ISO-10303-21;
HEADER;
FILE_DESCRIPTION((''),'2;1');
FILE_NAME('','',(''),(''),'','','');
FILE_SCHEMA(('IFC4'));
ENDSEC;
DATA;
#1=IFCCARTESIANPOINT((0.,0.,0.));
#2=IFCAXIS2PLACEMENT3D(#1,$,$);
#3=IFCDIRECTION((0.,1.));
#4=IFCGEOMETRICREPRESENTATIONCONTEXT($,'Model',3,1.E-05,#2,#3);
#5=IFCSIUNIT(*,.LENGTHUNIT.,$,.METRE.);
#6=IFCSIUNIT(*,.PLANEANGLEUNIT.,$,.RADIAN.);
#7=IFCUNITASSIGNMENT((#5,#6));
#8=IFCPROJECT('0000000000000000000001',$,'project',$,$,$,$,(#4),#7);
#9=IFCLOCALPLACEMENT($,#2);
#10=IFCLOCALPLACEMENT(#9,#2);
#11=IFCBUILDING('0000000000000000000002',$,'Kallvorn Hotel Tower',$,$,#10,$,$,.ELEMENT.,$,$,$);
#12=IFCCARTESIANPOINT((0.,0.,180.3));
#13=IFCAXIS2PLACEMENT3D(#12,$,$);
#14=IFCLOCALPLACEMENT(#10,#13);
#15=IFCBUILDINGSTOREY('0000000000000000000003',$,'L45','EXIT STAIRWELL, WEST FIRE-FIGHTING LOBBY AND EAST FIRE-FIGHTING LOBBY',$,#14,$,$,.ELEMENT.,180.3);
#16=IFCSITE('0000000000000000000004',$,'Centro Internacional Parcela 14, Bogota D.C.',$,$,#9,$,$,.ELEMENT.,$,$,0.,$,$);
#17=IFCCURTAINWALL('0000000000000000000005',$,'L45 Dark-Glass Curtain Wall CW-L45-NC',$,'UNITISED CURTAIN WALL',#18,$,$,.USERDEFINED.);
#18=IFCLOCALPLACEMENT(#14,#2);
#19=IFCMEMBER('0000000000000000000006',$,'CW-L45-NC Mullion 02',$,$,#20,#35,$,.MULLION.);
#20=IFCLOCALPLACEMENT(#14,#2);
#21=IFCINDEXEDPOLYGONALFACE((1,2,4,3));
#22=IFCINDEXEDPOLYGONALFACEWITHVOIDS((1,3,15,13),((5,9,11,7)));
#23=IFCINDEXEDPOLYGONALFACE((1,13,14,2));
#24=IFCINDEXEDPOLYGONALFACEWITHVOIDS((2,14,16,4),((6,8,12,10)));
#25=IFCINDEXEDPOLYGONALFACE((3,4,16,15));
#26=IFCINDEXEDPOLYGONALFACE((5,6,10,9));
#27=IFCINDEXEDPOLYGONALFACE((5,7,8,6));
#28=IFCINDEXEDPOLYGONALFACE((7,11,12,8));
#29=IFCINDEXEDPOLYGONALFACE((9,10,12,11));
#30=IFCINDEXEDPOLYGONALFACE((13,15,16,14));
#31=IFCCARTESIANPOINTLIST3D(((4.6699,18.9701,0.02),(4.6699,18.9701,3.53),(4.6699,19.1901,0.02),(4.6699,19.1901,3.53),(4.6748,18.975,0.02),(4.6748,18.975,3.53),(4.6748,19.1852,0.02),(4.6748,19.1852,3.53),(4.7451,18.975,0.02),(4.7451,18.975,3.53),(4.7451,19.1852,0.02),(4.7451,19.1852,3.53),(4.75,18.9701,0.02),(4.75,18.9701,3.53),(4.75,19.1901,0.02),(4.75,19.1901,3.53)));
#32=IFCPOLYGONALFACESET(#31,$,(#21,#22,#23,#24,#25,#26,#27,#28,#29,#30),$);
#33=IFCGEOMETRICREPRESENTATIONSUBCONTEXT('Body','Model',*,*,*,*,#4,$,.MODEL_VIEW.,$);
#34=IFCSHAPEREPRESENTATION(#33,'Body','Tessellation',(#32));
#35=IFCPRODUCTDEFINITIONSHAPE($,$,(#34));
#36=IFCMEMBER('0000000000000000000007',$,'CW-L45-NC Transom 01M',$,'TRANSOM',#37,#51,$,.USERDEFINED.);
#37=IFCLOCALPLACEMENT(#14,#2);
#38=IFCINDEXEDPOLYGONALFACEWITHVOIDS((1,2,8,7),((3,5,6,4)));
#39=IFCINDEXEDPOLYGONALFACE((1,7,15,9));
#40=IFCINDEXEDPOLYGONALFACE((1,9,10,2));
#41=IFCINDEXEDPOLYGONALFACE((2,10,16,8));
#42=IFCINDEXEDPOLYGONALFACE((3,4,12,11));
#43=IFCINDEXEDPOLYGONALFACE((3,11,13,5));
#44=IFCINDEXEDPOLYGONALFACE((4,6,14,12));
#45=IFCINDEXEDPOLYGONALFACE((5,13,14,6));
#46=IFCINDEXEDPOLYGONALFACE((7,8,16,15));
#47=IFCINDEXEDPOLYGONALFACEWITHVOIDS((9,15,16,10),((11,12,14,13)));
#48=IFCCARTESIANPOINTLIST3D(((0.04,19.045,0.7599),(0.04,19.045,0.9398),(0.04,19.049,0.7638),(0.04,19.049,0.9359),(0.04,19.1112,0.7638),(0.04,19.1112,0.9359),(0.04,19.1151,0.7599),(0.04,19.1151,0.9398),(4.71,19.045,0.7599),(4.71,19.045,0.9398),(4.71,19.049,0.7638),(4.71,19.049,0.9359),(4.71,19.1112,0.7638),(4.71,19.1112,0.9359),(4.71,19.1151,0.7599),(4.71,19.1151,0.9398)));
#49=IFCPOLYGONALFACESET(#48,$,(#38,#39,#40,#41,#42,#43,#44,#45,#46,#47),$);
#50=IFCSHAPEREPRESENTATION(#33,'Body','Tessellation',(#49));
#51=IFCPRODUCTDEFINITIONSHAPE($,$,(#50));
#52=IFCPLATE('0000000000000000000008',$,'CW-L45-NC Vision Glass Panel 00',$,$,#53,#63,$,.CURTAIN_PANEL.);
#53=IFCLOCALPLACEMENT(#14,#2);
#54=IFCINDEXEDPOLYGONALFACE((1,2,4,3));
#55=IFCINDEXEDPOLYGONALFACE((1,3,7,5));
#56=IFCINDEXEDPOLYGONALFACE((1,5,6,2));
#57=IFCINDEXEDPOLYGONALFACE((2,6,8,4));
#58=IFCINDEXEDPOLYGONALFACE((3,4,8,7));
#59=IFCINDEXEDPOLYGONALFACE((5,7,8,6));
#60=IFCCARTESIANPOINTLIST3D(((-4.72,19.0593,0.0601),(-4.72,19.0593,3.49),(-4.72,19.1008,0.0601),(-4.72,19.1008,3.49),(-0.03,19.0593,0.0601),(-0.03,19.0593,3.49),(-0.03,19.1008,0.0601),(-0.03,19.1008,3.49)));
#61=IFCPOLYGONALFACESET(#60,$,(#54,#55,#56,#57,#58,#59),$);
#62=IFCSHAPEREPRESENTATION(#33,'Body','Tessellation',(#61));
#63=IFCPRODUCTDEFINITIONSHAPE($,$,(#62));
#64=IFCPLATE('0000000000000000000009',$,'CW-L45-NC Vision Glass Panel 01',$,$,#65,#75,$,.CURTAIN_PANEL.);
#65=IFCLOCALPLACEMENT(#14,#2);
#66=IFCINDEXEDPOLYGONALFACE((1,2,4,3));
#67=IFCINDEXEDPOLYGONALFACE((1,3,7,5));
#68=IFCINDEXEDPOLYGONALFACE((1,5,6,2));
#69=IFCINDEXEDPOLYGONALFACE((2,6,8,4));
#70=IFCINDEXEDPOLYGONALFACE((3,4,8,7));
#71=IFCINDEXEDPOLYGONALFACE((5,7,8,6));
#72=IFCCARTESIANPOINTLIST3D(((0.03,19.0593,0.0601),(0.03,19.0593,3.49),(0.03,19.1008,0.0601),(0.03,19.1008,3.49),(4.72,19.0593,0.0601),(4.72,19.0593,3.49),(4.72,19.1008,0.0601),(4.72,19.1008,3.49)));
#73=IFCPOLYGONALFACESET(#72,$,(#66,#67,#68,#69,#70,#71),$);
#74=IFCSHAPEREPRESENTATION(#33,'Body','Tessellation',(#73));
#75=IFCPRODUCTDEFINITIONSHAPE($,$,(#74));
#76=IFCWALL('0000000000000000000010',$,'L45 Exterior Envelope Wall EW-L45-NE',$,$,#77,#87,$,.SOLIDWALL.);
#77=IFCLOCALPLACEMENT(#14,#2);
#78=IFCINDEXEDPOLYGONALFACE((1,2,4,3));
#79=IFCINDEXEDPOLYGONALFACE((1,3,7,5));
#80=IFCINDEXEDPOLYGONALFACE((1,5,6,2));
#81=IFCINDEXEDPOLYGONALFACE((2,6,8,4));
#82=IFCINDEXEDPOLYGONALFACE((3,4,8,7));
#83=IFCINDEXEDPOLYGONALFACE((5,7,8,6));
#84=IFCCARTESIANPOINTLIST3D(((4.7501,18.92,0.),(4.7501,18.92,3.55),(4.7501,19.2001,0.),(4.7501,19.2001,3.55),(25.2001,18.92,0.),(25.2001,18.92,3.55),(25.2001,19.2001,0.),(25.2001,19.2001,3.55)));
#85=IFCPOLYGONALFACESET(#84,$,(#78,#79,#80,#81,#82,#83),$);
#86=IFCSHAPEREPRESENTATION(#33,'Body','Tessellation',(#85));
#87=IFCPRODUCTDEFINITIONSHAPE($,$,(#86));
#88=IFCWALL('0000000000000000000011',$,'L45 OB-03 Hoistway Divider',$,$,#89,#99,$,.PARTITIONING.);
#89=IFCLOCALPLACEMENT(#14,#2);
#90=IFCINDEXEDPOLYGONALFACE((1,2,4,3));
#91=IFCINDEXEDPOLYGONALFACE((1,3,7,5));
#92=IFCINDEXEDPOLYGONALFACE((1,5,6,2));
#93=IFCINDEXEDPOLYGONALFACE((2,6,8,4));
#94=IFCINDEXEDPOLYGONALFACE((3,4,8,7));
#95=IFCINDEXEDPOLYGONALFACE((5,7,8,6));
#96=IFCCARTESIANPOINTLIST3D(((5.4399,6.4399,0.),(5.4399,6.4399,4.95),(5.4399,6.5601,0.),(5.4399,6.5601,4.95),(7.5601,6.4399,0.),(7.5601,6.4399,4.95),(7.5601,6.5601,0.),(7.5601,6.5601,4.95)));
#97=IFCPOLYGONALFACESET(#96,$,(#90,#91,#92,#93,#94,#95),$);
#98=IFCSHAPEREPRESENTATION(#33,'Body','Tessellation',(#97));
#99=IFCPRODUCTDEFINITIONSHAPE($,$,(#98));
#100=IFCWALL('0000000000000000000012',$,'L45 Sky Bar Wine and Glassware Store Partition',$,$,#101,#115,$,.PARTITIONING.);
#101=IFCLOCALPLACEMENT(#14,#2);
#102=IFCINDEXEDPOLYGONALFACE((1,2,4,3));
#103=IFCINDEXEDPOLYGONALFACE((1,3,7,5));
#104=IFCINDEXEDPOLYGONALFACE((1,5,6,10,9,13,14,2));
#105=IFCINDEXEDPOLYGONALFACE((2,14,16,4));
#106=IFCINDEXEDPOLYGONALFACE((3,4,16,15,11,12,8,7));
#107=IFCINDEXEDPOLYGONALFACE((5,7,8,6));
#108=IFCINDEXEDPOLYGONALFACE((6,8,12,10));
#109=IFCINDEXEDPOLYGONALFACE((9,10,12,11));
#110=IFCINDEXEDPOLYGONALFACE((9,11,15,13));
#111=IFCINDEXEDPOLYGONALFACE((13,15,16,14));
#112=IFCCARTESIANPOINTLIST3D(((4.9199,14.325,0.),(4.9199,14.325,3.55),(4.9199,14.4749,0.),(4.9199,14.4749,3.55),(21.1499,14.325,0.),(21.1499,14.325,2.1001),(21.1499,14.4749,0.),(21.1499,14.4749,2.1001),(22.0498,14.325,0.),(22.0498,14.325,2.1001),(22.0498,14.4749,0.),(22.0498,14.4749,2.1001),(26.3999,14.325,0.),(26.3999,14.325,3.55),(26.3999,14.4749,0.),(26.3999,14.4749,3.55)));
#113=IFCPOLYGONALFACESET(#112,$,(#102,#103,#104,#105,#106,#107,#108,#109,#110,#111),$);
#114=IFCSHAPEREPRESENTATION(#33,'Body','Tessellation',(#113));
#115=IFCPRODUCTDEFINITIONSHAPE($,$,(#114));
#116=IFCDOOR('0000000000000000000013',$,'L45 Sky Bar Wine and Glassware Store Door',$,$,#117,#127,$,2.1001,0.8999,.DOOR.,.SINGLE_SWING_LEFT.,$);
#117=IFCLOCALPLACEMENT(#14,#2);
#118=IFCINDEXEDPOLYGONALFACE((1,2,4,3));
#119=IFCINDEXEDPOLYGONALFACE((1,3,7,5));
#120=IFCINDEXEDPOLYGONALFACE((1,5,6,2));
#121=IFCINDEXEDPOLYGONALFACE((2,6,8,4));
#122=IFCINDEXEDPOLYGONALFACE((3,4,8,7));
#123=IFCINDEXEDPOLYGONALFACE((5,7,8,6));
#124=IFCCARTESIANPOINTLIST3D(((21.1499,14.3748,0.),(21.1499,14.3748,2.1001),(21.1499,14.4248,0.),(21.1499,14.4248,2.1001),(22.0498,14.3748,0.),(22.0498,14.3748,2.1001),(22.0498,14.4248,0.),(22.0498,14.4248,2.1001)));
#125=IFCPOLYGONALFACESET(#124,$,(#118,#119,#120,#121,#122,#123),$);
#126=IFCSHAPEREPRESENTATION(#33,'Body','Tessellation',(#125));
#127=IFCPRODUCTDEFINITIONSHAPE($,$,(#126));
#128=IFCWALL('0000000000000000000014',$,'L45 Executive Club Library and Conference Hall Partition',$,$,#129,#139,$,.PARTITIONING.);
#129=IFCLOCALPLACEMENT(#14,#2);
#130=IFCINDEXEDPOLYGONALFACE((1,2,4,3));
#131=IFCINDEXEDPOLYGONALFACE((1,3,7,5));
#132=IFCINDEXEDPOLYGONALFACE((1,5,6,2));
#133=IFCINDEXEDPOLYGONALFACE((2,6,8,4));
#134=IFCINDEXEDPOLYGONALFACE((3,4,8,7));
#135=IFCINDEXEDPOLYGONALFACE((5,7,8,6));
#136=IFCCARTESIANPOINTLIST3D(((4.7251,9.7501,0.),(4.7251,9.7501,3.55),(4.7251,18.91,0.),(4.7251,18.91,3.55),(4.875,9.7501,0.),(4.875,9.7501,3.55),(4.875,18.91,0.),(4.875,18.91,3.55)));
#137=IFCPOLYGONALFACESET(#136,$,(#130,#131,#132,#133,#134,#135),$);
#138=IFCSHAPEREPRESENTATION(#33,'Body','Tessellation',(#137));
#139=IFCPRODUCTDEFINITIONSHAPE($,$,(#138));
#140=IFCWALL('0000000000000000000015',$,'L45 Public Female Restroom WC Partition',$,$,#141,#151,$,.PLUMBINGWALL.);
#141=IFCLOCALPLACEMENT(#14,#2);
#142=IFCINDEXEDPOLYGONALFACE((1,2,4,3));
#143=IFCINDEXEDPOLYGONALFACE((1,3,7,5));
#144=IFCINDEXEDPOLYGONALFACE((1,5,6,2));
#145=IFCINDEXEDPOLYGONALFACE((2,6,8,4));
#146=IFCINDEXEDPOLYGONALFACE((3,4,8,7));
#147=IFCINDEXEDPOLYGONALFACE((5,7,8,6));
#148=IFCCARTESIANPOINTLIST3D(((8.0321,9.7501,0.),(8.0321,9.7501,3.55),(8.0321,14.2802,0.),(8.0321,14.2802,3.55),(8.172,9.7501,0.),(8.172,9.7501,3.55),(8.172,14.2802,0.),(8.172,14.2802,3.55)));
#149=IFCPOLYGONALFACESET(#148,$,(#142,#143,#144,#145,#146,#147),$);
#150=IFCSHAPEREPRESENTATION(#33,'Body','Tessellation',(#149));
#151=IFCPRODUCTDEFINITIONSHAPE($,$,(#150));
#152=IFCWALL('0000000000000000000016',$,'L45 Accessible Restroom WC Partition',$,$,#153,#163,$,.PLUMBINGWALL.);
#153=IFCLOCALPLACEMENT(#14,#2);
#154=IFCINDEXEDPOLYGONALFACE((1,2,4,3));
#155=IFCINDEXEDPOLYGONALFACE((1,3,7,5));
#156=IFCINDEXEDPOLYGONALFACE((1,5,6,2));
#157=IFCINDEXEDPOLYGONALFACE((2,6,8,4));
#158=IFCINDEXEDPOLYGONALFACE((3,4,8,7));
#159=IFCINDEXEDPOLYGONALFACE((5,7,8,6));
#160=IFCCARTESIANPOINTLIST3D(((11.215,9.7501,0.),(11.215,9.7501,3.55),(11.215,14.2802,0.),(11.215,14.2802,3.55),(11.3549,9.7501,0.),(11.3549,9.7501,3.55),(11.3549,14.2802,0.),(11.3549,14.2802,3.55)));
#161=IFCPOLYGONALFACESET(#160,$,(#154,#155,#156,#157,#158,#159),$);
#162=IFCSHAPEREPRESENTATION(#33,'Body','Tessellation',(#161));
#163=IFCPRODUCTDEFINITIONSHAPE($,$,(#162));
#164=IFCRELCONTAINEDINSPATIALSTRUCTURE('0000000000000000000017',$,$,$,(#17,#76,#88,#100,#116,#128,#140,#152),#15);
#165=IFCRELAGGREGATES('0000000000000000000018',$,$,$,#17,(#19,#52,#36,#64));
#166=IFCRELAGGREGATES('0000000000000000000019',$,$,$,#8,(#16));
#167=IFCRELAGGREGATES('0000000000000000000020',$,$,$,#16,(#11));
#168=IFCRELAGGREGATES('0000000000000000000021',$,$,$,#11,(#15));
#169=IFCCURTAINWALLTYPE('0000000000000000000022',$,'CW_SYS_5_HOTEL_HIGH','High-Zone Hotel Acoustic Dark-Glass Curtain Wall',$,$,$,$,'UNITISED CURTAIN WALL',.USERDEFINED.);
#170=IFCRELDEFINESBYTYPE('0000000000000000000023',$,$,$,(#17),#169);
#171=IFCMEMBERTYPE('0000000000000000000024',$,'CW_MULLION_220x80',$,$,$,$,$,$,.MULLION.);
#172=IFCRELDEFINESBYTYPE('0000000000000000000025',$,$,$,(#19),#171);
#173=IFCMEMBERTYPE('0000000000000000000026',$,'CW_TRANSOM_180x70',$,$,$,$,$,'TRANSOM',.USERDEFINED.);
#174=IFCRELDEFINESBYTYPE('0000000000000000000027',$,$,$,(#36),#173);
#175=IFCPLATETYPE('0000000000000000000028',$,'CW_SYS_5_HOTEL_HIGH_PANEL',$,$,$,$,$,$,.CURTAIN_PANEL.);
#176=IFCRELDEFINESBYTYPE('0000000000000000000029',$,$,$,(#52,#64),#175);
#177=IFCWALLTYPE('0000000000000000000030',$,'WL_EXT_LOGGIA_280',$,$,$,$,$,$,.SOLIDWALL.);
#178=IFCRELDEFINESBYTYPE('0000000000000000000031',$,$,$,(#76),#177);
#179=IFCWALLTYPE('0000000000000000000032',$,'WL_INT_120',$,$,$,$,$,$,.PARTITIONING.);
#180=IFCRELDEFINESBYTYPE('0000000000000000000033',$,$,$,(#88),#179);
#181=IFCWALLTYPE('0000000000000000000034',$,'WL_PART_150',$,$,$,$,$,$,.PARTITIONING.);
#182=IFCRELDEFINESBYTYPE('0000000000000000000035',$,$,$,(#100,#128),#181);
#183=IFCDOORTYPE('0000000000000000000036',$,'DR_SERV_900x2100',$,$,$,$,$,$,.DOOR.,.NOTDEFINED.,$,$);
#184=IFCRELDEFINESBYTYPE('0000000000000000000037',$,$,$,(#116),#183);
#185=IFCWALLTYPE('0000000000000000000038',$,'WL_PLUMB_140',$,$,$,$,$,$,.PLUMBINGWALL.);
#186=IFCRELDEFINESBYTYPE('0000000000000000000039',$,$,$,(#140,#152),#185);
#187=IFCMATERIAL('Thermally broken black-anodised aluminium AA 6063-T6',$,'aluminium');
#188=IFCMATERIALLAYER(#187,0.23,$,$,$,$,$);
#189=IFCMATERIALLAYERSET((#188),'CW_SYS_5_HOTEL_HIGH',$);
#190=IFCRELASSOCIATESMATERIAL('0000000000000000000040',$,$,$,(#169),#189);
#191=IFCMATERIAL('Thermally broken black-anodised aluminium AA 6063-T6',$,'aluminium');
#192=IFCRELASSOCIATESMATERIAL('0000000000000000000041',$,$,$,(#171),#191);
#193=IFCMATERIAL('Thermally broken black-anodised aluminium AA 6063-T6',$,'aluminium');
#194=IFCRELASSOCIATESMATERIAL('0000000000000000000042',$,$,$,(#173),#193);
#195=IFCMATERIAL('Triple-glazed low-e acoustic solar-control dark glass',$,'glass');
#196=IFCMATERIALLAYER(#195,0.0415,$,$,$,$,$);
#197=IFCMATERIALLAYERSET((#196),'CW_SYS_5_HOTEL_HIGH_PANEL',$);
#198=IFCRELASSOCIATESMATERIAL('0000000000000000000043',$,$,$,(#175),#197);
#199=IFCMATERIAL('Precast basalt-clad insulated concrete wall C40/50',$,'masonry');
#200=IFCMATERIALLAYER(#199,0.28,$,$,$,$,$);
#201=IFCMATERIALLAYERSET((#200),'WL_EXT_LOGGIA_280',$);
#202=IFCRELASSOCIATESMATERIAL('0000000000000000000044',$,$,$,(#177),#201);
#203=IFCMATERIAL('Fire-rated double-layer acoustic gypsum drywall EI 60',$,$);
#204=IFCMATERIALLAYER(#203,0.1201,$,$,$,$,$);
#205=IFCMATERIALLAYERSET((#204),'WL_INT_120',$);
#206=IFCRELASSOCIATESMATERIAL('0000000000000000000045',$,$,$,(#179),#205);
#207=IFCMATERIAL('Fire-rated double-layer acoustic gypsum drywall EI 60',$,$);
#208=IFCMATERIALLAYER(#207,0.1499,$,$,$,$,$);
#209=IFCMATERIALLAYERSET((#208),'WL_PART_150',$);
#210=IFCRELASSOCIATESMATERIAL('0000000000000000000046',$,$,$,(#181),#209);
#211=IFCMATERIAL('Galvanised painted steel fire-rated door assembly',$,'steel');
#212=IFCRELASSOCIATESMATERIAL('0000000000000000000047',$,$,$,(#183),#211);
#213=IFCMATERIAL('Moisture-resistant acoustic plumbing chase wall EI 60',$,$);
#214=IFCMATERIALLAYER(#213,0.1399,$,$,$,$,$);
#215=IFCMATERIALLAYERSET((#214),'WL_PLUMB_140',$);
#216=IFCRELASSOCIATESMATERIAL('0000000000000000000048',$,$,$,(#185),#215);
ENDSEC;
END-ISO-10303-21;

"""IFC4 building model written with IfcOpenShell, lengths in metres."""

from ifc_helpers import new_model, si_unit, direction, frame, frame_2d, origin, origin_2d, place, context, subcontext, project, spatial, rectangle, hollow_rectangle, extrude, material, layer, layer_set, material_profile, profile_set, type_object, element, fill, aggregate, save


model = new_model("IFC4")

# Units and contexts
model_context = context("Model", 3, precision=1e-05, world=origin(), true_north=direction((0.0, 1.0)))
body_context = subcontext(model_context, "Body", "Model", "MODEL_VIEW")
ifc_project = project(units=[si_unit("LENGTHUNIT", "METRE"), si_unit("PLANEANGLEUNIT", "RADIAN")], contexts=[model_context])

# Site, building, storey
site_placement = place(None, origin())
site = spatial("IfcSite", under=ifc_project, at=site_placement, Name="Centro Internacional Parcela 14, Bogota D.C.", CompositionType="ELEMENT", RefElevation=0.0)
building_placement = place(site_placement, origin())
building = spatial("IfcBuilding", under=site, at=building_placement, Name="Kallvorn Hotel Tower", CompositionType="ELEMENT")
storey_placement = place(building_placement, frame((0.0, 0.0, 180.3)))
storey = spatial("IfcBuildingStorey", under=building, at=storey_placement, Name="L45", Description="EXIT STAIRWELL, WEST FIRE-FIGHTING LOBBY AND EAST FIRE-FIGHTING LOBBY", CompositionType="ELEMENT", Elevation=180.3)

# Curtain wall, members, plates
ifc_material_1 = material(Name="Thermally broken black-anodised aluminium AA 6063-T6", Category="aluminium")
ifc_layer_1 = layer(ifc_material_1, 0.23)
ifc_layer_set_1 = layer_set([ifc_layer_1], Name="CW_SYS_5_HOTEL_HIGH")
curtain_wall_type = type_object("IfcCurtainWallType", Name="CW_SYS_5_HOTEL_HIGH", Description="High-Zone Hotel Acoustic Dark-Glass Curtain Wall", ElementType="UNITISED CURTAIN WALL", PredefinedType="USERDEFINED", material=ifc_layer_set_1)
curtain_wall_placement = place(storey_placement, origin())
curtain_wall = element("IfcCurtainWall", 1, at=curtain_wall_placement, inside=storey, type_object=curtain_wall_type, Name="L45 Dark-Glass Curtain Wall CW-L45-NC", ObjectType="UNITISED CURTAIN WALL", PredefinedType="USERDEFINED")
ifc_material_2 = material(Name="Thermally broken black-anodised aluminium AA 6063-T6", Category="aluminium")
ifc_material_profile_1 = material_profile(ifc_material_2, hollow_rectangle(XDim=0.0801, YDim=0.22, WallThickness=0.0049, at=origin_2d()), Name="MUL 220x80")
ifc_profile_set_1 = profile_set([ifc_material_profile_1], Name="Thermally broken black-anodised aluminium AA 6063-T6")
member_type_1 = type_object("IfcMemberType", Name="CW_MULLION_220x80", PredefinedType="MULLION", material=ifc_profile_set_1)
member_1_placement = place(storey_placement, frame((4.71, 19.0801, 0.02), z_axis=(0.0, 0.0, 1.0), x_axis=(1.0, 0.0, 0.0)))
member_1 = element("IfcMember", 2, at=member_1_placement, type_object=member_type_1, Name="CW-L45-NC Mullion 02", PredefinedType="MULLION", context=body_context, shape_type="SweptSolid", body=[
    extrude(hollow_rectangle(XDim=0.0801, YDim=0.22, WallThickness=0.0049, at=origin_2d()), origin(), (0.0, 0.0, 1.0), 3.51),
])
ifc_material_3 = material(Name="Thermally broken black-anodised aluminium AA 6063-T6", Category="aluminium")
ifc_material_profile_2 = material_profile(ifc_material_3, hollow_rectangle(XDim=0.0701, YDim=0.1799, WallThickness=0.0039, at=origin_2d()), Name="TRN 180x70")
ifc_profile_set_2 = profile_set([ifc_material_profile_2], Name="Thermally broken black-anodised aluminium AA 6063-T6")
member_type_2 = type_object("IfcMemberType", Name="CW_TRANSOM_180x70", ElementType="TRANSOM", PredefinedType="USERDEFINED", material=ifc_profile_set_2)
member_2_placement = place(storey_placement, frame((0.04, 19.0801, 0.8499), z_axis=(1.0, 0.0, 0.0), x_axis=(0.0, 1.0, 0.0)))
member_2 = element("IfcMember", 3, at=member_2_placement, type_object=member_type_2, Name="CW-L45-NC Transom 01M", ObjectType="TRANSOM", PredefinedType="USERDEFINED", context=body_context, shape_type="SweptSolid", body=[
    extrude(hollow_rectangle(XDim=0.0701, YDim=0.1799, WallThickness=0.0039, at=origin_2d()), origin(), (0.0, 0.0, 1.0), 4.6699),
])
ifc_material_4 = material(Name="Triple-glazed low-e acoustic solar-control dark glass", Category="glass")
ifc_layer_2 = layer(ifc_material_4, 0.0415)
ifc_layer_set_2 = layer_set([ifc_layer_2], Name="CW_SYS_5_HOTEL_HIGH_PANEL")
plate_type = type_object("IfcPlateType", Name="CW_SYS_5_HOTEL_HIGH_PANEL", PredefinedType="CURTAIN_PANEL", material=ifc_layer_set_2)
plate_1_placement = place(storey_placement, frame((-2.375, 19.0801, 0.0601), z_axis=(0.0, 0.0, 1.0), x_axis=(1.0, 0.0, 0.0)))
plate_1 = element("IfcPlate", 4, at=plate_1_placement, type_object=plate_type, Name="CW-L45-NC Vision Glass Panel 00", PredefinedType="CURTAIN_PANEL", context=body_context, shape_type="SweptSolid", body=[
    extrude(rectangle(XDim=4.6899, YDim=0.0415, at=origin_2d()), origin(), (0.0, 0.0, 1.0), 3.4299),
])
plate_2_placement = place(storey_placement, frame((2.375, 19.0801, 0.0601), z_axis=(0.0, 0.0, 1.0), x_axis=(1.0, 0.0, 0.0)))
plate_2 = element("IfcPlate", 5, at=plate_2_placement, type_object=plate_type, Name="CW-L45-NC Vision Glass Panel 01", PredefinedType="CURTAIN_PANEL", context=body_context, shape_type="SweptSolid", body=[
    extrude(rectangle(XDim=4.6899, YDim=0.0415, at=origin_2d()), origin(), (0.0, 0.0, 1.0), 3.4299),
])
aggregate(curtain_wall, [member_1, plate_1, member_2, plate_2])

# Walls
ifc_material_5 = material(Name="Precast basalt-clad insulated concrete wall C40/50", Category="masonry")
ifc_layer_3 = layer(ifc_material_5, 0.28)
ifc_layer_set_3 = layer_set([ifc_layer_3], Name="WL_EXT_LOGGIA_280")
wall_type_1 = type_object("IfcWallType", Name="WL_EXT_LOGGIA_280", PredefinedType="SOLIDWALL", material=ifc_layer_set_3)
wall_1_placement = place(storey_placement, frame((4.75, 19.0601, 0.0), z_axis=(0.0, 0.0, 1.0), x_axis=(1.0, 0.0, 0.0)))
element("IfcWall", 6, at=wall_1_placement, inside=storey, type_object=wall_type_1, Name="L45 Exterior Envelope Wall EW-L45-NE", PredefinedType="SOLIDWALL", context=body_context, shape_type="SweptSolid", body=[
    extrude(rectangle(XDim=20.45, YDim=0.28, at=frame_2d((10.2251, 0.0))), origin(), (0.0, 0.0, 1.0), 3.55),
])
ifc_material_6 = material(Name="Fire-rated double-layer acoustic gypsum drywall EI 60")
ifc_layer_4 = layer(ifc_material_6, 0.1201)
ifc_layer_set_4 = layer_set([ifc_layer_4], Name="WL_INT_120")
wall_type_2 = type_object("IfcWallType", Name="WL_INT_120", PredefinedType="PARTITIONING", material=ifc_layer_set_4)
wall_2_placement = place(storey_placement, frame((5.4399, 6.5, 0.0), z_axis=(0.0, 0.0, 1.0), x_axis=(1.0, 0.0, 0.0)))
element("IfcWall", 7, at=wall_2_placement, inside=storey, type_object=wall_type_2, Name="L45 OB-03 Hoistway Divider", PredefinedType="PARTITIONING", context=body_context, shape_type="SweptSolid", body=[
    extrude(rectangle(XDim=2.1201, YDim=0.1201, at=frame_2d((1.0601, 0.0))), origin(), (0.0, 0.0, 1.0), 4.95),
])

# Wall, opening, door
ifc_material_7 = material(Name="Fire-rated double-layer acoustic gypsum drywall EI 60")
ifc_layer_5 = layer(ifc_material_7, 0.1499)
ifc_layer_set_5 = layer_set([ifc_layer_5], Name="WL_PART_150")
wall_type_3 = type_object("IfcWallType", Name="WL_PART_150", PredefinedType="PARTITIONING", material=ifc_layer_set_5)
wall_3_placement = place(storey_placement, frame((4.9199, 14.3999, 0.0), z_axis=(0.0, 0.0, 1.0), x_axis=(1.0, 0.0, 0.0)))
wall_3 = element("IfcWall", 8, at=wall_3_placement, inside=storey, type_object=wall_type_3, Name="L45 Sky Bar Wine and Glassware Store Partition", PredefinedType="PARTITIONING", context=body_context, shape_type="SweptSolid", body=[
    extrude(rectangle(XDim=21.48, YDim=0.1499, at=frame_2d((10.74, 0.0))), origin(), (0.0, 0.0, 1.0), 3.55),
])
opening_1_placement = place(wall_3_placement, frame((16.23, 0.0, 0.0)))
opening_1 = element("IfcOpeningElement", 9, at=opening_1_placement, cuts=wall_3, PredefinedType="OPENING", context=body_context, shape_type="SweptSolid", body=[
    extrude(rectangle(XDim=0.8999, YDim=2.1001, at=frame_2d((0.45, 1.05))), frame((0.0, 0.0898, 0.0), z_axis=(0.0, -1.0, 0.0), x_axis=(1.0, 0.0, 0.0)), (0.0, 0.0, 1.0), 0.1799),
])
ifc_material_8 = material(Name="Galvanised painted steel fire-rated door assembly", Category="steel")
door_type_1 = type_object("IfcDoorType", Name="DR_SERV_900x2100", OperationType="NOTDEFINED", PredefinedType="DOOR", material=ifc_material_8)
door_1_placement = place(opening_1_placement, origin())
door_1 = element("IfcDoor", 10, at=door_1_placement, inside=storey, type_object=door_type_1, Name="L45 Sky Bar Wine and Glassware Store Door", OperationType="SINGLE_SWING_LEFT", OverallHeight=2.1001, OverallWidth=0.8999, PredefinedType="DOOR", context=body_context, shape_type="SweptSolid", body=[
    extrude(rectangle(XDim=0.8999, YDim=2.1001, at=frame_2d((0.45, 1.05))), frame((0.0, 0.0249, 0.0), z_axis=(0.0, -1.0, 0.0), x_axis=(1.0, 0.0, 0.0)), (0.0, 0.0, 1.0), 0.05),
])
fill(opening_1, door_1)

# Walls
wall_4_placement = place(storey_placement, frame((4.8, 9.75, 0.0), z_axis=(0.0, 0.0, 1.0), x_axis=(0.0, 1.0, 0.0)))
element("IfcWall", 11, at=wall_4_placement, inside=storey, type_object=wall_type_3, Name="L45 Executive Club Library and Conference Hall Partition", PredefinedType="PARTITIONING", context=body_context, shape_type="SweptSolid", body=[
    extrude(rectangle(XDim=9.1599, YDim=0.1499, at=frame_2d((4.5801, 0.0))), origin(), (0.0, 0.0, 1.0), 3.55),
])
ifc_material_9 = material(Name="Moisture-resistant acoustic plumbing chase wall EI 60")
ifc_layer_6 = layer(ifc_material_9, 0.1399)
ifc_layer_set_6 = layer_set([ifc_layer_6], Name="WL_PLUMB_140")
wall_type_4 = type_object("IfcWallType", Name="WL_PLUMB_140", PredefinedType="PLUMBINGWALL", material=ifc_layer_set_6)
for number, where, z_axis, x_axis, name in (
    (12, (8.1021, 9.75, 0.0), (0.0, 0.0, 1.0), (0.0, 1.0, 0.0), "L45 Public Female Restroom WC Partition"),
    (13, (11.2849, 9.75, 0.0), (0.0, 0.0, 1.0), (0.0, 1.0, 0.0), "L45 Accessible Restroom WC Partition"),
):
    element("IfcWall", number, at=place(storey_placement, frame(where, z_axis=z_axis, x_axis=x_axis)), inside=storey, type_object=wall_type_4, Name=name, PredefinedType="PLUMBINGWALL", context=body_context, shape_type="SweptSolid", body=[
        extrude(rectangle(XDim=4.53, YDim=0.1399, at=frame_2d((2.2651, 0.0))), origin(), (0.0, 0.0, 1.0), 3.55),
    ])

save(model, "model.ifc")
